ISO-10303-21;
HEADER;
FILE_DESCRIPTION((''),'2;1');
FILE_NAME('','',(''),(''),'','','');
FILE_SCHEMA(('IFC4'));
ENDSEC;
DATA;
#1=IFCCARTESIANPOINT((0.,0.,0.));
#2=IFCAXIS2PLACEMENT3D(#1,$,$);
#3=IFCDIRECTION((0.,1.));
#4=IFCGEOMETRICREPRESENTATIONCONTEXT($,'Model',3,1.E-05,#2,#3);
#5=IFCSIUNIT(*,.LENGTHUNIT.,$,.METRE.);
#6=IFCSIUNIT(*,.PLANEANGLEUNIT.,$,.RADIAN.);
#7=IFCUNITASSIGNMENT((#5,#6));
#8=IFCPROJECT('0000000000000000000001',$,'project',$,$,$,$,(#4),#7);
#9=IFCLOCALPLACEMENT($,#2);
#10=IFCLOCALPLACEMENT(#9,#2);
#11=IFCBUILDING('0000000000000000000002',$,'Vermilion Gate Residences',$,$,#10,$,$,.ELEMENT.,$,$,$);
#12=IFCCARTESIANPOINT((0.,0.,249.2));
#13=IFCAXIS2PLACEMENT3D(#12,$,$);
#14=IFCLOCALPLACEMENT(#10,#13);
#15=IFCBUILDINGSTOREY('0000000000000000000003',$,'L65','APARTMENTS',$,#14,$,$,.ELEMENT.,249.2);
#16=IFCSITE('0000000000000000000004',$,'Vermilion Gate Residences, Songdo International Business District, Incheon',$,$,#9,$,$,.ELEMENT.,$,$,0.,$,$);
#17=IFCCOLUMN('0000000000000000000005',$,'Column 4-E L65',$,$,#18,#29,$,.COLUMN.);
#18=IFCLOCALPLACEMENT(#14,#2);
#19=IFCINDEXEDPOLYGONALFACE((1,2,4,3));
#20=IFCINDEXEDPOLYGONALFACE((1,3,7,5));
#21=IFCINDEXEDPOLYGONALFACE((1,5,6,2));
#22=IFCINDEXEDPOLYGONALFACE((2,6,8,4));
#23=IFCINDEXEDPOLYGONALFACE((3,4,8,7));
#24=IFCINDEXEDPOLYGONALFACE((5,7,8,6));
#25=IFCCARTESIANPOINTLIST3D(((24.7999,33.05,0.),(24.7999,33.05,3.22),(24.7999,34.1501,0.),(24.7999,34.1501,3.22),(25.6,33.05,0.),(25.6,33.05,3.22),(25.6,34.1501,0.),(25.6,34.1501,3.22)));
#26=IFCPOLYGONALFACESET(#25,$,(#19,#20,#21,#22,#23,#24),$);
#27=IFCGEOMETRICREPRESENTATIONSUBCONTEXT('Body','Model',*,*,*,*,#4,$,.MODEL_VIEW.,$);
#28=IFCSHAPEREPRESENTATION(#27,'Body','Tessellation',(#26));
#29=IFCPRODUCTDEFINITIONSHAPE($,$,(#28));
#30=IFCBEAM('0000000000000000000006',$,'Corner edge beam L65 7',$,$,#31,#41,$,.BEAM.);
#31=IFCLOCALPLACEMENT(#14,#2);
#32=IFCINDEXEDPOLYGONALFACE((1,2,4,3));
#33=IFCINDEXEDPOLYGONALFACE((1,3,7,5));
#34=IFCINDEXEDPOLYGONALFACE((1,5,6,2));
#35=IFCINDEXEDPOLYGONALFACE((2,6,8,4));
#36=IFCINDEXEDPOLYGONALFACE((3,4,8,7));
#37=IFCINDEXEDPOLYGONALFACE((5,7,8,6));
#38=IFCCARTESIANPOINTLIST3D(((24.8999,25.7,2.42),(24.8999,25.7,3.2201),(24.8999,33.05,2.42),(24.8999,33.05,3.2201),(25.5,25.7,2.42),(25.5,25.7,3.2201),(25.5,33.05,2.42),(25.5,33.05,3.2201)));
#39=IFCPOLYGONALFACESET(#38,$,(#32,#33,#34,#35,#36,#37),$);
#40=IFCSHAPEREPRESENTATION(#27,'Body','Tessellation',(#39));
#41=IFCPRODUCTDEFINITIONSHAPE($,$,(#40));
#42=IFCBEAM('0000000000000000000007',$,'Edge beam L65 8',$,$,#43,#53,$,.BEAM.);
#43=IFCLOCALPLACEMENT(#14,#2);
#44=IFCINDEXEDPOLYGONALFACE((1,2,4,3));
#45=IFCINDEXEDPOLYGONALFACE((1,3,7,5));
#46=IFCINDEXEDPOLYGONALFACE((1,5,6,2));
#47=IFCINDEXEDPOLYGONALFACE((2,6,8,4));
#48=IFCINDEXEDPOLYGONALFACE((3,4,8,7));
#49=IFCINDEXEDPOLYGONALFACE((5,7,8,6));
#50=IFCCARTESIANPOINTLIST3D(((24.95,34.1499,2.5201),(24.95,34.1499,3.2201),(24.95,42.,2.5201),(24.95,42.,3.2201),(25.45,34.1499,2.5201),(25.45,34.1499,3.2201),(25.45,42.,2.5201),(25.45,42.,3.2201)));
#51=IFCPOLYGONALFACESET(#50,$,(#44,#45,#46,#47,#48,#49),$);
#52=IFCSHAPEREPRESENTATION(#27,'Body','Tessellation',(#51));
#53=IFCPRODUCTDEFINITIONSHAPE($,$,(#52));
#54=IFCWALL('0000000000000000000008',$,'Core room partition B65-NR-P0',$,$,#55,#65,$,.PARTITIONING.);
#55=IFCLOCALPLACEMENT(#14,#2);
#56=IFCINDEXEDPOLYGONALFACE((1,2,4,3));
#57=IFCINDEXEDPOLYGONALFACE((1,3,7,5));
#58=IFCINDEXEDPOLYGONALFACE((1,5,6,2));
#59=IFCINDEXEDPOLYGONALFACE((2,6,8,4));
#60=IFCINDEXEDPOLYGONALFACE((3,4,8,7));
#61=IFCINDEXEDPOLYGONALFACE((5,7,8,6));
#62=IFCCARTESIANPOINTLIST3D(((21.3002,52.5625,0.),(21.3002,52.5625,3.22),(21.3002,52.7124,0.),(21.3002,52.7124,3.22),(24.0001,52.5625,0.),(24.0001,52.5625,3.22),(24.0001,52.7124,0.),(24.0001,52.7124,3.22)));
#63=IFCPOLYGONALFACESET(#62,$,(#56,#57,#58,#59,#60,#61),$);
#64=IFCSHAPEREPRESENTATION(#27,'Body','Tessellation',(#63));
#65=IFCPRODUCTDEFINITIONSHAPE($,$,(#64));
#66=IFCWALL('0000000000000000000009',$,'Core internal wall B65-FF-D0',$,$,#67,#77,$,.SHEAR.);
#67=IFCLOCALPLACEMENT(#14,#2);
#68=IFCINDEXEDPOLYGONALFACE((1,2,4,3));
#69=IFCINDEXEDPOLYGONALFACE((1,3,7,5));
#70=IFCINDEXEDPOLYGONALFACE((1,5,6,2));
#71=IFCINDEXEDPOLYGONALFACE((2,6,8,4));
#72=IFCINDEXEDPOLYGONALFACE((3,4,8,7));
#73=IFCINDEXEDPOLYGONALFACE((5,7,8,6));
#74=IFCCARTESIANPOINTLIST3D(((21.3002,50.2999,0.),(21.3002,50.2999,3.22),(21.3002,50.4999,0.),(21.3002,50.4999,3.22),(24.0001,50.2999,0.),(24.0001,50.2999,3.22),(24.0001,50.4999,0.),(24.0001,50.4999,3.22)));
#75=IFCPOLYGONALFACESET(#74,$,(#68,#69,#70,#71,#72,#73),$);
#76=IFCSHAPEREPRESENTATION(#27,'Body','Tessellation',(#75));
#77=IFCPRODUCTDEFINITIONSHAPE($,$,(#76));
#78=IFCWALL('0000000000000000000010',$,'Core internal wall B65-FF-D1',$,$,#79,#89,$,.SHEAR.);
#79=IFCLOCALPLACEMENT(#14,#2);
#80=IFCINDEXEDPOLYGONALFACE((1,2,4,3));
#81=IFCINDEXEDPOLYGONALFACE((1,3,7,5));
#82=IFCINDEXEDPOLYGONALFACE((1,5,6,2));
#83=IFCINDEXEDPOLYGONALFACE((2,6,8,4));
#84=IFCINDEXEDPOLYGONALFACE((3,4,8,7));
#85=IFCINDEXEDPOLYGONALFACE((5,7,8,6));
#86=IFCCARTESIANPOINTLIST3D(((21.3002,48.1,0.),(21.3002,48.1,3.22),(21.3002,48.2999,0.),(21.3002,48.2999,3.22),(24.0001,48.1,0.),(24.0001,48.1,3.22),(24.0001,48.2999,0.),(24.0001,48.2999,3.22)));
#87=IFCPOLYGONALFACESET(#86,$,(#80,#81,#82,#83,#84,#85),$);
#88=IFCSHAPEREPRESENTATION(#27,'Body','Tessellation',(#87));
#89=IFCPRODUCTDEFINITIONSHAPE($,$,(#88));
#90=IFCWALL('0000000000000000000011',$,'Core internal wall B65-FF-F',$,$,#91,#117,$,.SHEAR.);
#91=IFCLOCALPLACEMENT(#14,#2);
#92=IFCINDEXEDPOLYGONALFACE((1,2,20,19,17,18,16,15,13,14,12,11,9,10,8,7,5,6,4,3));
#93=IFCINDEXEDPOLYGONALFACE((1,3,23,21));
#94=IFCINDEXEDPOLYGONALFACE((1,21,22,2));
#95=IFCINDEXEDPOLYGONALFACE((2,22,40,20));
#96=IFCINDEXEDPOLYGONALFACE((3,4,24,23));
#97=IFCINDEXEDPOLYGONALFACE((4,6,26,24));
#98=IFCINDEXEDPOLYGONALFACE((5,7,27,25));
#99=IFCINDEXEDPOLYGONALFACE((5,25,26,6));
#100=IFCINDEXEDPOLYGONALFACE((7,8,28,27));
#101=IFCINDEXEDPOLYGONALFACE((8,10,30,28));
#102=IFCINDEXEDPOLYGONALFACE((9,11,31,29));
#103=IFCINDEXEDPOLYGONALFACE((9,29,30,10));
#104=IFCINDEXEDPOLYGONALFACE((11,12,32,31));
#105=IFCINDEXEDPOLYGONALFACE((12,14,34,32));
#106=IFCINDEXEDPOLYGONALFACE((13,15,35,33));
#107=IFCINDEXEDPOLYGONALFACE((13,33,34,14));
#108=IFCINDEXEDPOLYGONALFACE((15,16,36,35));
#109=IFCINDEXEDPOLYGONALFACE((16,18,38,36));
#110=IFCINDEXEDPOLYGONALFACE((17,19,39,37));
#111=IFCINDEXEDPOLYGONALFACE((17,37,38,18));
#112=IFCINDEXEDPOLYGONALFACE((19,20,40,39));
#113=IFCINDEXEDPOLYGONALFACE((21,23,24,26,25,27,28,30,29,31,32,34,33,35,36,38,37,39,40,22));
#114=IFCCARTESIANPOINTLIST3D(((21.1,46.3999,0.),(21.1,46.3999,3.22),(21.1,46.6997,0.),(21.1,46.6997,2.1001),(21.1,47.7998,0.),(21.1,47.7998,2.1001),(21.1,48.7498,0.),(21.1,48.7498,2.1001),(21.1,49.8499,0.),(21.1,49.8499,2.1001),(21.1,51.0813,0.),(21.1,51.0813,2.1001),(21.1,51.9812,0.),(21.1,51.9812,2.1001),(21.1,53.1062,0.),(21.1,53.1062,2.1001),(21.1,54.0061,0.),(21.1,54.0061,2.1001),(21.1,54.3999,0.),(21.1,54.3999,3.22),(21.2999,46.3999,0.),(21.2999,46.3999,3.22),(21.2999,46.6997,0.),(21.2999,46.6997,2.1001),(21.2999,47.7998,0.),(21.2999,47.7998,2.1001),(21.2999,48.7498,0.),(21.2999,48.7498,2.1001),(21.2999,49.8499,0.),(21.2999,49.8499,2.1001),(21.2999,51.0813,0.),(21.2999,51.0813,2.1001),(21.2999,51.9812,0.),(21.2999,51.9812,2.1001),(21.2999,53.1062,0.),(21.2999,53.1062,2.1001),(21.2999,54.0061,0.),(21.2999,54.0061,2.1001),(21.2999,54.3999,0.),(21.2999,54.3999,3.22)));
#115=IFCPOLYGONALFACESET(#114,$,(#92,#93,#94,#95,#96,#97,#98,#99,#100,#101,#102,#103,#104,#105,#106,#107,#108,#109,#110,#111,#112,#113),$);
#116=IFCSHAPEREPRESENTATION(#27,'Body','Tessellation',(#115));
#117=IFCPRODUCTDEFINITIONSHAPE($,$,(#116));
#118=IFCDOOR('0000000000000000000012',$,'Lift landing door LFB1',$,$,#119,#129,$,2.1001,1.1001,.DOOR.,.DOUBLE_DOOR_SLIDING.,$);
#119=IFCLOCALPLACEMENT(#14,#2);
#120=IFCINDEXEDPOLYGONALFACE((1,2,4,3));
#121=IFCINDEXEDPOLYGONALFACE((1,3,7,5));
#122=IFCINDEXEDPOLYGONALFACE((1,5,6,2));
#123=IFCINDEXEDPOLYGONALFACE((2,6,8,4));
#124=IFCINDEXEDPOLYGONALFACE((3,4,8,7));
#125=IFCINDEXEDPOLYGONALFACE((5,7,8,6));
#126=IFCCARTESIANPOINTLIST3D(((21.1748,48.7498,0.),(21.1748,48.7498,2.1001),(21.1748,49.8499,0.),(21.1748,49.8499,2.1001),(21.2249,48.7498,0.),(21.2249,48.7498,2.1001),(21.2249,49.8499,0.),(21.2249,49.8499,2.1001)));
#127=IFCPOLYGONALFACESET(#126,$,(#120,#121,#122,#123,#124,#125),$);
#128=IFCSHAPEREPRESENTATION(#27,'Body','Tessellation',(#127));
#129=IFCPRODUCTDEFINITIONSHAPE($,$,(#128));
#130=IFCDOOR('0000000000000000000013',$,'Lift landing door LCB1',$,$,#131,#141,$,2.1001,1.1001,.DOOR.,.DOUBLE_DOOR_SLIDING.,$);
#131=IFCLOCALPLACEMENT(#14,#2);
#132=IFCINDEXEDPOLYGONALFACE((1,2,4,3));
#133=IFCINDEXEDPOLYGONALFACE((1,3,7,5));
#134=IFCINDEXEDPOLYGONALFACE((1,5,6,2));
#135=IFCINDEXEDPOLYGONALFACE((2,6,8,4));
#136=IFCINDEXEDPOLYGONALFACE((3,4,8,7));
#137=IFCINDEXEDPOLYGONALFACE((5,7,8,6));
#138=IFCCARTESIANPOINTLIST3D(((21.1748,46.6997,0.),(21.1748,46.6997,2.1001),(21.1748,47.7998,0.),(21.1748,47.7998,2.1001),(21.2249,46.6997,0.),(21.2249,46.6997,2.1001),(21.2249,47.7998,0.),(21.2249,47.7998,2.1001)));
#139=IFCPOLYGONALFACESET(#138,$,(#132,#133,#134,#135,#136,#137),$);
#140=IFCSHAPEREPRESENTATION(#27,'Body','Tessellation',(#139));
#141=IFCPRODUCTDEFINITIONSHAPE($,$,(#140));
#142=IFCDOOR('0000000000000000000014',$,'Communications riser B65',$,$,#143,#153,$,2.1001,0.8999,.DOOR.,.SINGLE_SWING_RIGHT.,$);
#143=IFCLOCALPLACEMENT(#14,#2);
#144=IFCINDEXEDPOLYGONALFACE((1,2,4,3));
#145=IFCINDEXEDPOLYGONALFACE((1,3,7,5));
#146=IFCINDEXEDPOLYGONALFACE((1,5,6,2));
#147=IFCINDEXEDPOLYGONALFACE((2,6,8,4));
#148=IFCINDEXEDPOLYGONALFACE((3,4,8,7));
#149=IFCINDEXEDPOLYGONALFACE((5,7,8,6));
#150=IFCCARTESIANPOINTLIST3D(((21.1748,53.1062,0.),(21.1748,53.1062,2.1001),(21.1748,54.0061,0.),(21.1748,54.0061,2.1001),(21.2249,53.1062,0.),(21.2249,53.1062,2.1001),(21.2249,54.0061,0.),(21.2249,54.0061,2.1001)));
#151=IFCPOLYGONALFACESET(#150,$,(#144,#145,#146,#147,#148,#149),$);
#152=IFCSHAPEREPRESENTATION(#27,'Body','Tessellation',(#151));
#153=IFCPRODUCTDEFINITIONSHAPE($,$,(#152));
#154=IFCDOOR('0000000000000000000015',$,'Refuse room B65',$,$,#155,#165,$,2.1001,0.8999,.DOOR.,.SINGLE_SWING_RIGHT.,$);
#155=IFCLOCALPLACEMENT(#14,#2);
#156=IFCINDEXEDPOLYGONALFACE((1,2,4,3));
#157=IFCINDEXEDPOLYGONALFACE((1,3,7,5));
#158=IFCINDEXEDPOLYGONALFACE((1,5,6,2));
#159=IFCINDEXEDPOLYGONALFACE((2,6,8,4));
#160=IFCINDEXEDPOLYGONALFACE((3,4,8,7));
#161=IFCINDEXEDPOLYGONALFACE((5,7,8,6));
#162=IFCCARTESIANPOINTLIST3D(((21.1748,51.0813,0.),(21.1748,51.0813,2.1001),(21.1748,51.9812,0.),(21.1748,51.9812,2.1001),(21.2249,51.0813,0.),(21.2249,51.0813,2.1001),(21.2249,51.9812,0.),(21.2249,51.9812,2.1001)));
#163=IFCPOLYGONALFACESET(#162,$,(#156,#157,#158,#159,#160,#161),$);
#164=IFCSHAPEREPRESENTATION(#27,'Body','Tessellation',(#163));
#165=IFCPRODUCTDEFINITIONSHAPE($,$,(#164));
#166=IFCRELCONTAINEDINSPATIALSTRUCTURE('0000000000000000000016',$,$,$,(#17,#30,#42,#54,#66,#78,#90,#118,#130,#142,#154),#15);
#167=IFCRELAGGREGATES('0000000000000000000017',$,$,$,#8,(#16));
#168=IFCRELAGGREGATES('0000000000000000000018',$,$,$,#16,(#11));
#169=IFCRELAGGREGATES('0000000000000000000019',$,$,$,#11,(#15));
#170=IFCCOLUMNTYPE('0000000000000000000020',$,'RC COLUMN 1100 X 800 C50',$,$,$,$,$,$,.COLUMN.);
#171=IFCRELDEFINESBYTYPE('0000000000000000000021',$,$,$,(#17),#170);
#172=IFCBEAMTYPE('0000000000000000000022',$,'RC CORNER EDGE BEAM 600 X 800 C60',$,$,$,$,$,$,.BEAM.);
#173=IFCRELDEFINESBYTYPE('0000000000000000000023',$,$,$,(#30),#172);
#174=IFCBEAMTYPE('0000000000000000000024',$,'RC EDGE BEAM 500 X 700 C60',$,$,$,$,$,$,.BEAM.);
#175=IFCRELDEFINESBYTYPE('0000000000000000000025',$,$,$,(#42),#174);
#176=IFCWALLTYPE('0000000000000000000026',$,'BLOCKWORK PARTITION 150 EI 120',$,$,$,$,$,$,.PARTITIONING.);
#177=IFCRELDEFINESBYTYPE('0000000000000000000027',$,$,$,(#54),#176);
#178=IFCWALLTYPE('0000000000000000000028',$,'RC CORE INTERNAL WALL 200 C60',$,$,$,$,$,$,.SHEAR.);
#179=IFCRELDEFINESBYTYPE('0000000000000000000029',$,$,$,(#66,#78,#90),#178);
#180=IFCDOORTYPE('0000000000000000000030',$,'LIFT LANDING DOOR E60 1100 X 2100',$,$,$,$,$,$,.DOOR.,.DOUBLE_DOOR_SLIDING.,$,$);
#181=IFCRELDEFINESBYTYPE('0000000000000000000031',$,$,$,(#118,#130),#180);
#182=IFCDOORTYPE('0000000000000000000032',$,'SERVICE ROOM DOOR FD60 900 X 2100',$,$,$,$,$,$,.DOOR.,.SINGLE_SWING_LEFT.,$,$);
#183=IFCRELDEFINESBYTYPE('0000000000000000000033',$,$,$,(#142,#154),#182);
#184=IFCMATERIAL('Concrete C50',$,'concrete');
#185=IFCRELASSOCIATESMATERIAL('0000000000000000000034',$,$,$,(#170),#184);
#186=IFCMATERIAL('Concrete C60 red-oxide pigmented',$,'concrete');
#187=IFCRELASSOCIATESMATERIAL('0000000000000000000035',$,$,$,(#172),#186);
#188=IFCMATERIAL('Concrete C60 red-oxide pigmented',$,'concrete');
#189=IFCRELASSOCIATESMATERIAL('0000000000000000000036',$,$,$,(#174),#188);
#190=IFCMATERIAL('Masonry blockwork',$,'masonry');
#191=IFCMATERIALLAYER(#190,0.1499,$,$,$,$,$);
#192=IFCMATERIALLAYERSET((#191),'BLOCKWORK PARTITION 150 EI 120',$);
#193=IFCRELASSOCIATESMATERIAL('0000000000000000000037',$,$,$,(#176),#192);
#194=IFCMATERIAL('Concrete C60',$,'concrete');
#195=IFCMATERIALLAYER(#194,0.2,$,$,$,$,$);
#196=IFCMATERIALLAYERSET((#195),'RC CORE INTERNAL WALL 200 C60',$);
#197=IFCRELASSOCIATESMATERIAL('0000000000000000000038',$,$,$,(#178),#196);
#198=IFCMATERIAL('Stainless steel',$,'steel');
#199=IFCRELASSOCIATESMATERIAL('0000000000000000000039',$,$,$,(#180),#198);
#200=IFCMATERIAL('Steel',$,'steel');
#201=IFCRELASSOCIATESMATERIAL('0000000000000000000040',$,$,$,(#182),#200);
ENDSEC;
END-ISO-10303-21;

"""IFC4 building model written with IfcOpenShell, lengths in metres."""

from ifc_helpers import new_model, si_unit, direction, frame, frame_2d, origin, origin_2d, place, context, subcontext, project, spatial, rectangle, extrude, material, layer, layer_set, material_profile, profile_set, type_object, element, fill, save


model = new_model("IFC4")

# Units and contexts
model_context = context("Model", 3, precision=1e-05, world=origin(), true_north=direction((0.0, 1.0)))
body_context = subcontext(model_context, "Body", "Model", "MODEL_VIEW")
ifc_project = project(units=[si_unit("LENGTHUNIT", "METRE"), si_unit("PLANEANGLEUNIT", "RADIAN")], contexts=[model_context])

# Site, building, storey
site_placement = place(None, origin())
site = spatial("IfcSite", under=ifc_project, at=site_placement, Name="Vermilion Gate Residences, Songdo International Business District, Incheon", CompositionType="ELEMENT", RefElevation=0.0)
building_placement = place(site_placement, origin())
building = spatial("IfcBuilding", under=site, at=building_placement, Name="Vermilion Gate Residences", CompositionType="ELEMENT")
storey_placement = place(building_placement, frame((0.0, 0.0, 249.2)))
storey = spatial("IfcBuildingStorey", under=building, at=storey_placement, Name="L65", Description="APARTMENTS", CompositionType="ELEMENT", Elevation=249.2)

# Column
ifc_material_1 = material(Name="Concrete C50", Category="concrete")
ifc_material_profile_1 = material_profile(ifc_material_1, rectangle(XDim=1.1001, YDim=0.8, at=origin_2d()), Name="RC-1100x800")
ifc_profile_set_1 = profile_set([ifc_material_profile_1], Name="Concrete C50")
column_type = type_object("IfcColumnType", Name="RC COLUMN 1100 X 800 C50", PredefinedType="COLUMN", material=ifc_profile_set_1)
column_placement = place(storey_placement, frame((25.2, 33.6001, 0.0), z_axis=(0.0, 0.0, 1.0), x_axis=(0.0, 1.0, 0.0)))
element("IfcColumn", 1, at=column_placement, inside=storey, type_object=column_type, Name="Column 4-E L65", PredefinedType="COLUMN", context=body_context, shape_type="SweptSolid", body=[
    extrude(rectangle(XDim=1.1001, YDim=0.8, at=origin_2d()), origin(), (0.0, 0.0, 1.0), 3.22),
])

# Beams
ifc_material_2 = material(Name="Concrete C60 red-oxide pigmented", Category="concrete")
ifc_material_profile_2 = material_profile(ifc_material_2, rectangle(XDim=0.6001, YDim=0.8, at=origin_2d()), Name="RC-600x800")
ifc_profile_set_2 = profile_set([ifc_material_profile_2], Name="Concrete C60 red-oxide pigmented")
beam_type_1 = type_object("IfcBeamType", Name="RC CORNER EDGE BEAM 600 X 800 C60", PredefinedType="BEAM", material=ifc_profile_set_2)
beam_1_placement = place(storey_placement, frame((25.2, 25.7, 2.8201), z_axis=(0.0, 1.0, 0.0), x_axis=(-1.0, 0.0, 0.0)))
element("IfcBeam", 2, at=beam_1_placement, inside=storey, type_object=beam_type_1, Name="Corner edge beam L65 7", PredefinedType="BEAM", context=body_context, shape_type="SweptSolid", body=[
    extrude(rectangle(XDim=0.6001, YDim=0.8, at=origin_2d()), origin(), (0.0, 0.0, 1.0), 7.3501),
])
ifc_material_3 = material(Name="Concrete C60 red-oxide pigmented", Category="concrete")
ifc_material_profile_3 = material_profile(ifc_material_3, rectangle(XDim=0.5, YDim=0.7, at=origin_2d()), Name="RC-500x700")
ifc_profile_set_3 = profile_set([ifc_material_profile_3], Name="Concrete C60 red-oxide pigmented")
beam_type_2 = type_object("IfcBeamType", Name="RC EDGE BEAM 500 X 700 C60", PredefinedType="BEAM", material=ifc_profile_set_3)
beam_2_placement = place(storey_placement, frame((25.2, 34.1499, 2.8701), z_axis=(0.0, 1.0, 0.0), x_axis=(-1.0, 0.0, 0.0)))
element("IfcBeam", 3, at=beam_2_placement, inside=storey, type_object=beam_type_2, Name="Edge beam L65 8", PredefinedType="BEAM", context=body_context, shape_type="SweptSolid", body=[
    extrude(rectangle(XDim=0.5, YDim=0.7, at=origin_2d()), origin(), (0.0, 0.0, 1.0), 7.8501),
])

# Walls
ifc_material_4 = material(Name="Masonry blockwork", Category="masonry")
ifc_layer_1 = layer(ifc_material_4, 0.1499)
ifc_layer_set_1 = layer_set([ifc_layer_1], Name="BLOCKWORK PARTITION 150 EI 120")
wall_type_1 = type_object("IfcWallType", Name="BLOCKWORK PARTITION 150 EI 120", PredefinedType="PARTITIONING", material=ifc_layer_set_1)
wall_1_placement = place(storey_placement, frame((21.3, 52.6375, 0.0), z_axis=(0.0, 0.0, 1.0), x_axis=(1.0, 0.0, 0.0)))
element("IfcWall", 4, at=wall_1_placement, inside=storey, type_object=wall_type_1, Name="Core room partition B65-NR-P0", PredefinedType="PARTITIONING", context=body_context, shape_type="SweptSolid", body=[
    extrude(rectangle(XDim=2.7, YDim=0.1499, at=frame_2d((1.3501, 0.0))), origin(), (0.0, 0.0, 1.0), 3.22),
])
ifc_material_5 = material(Name="Concrete C60", Category="concrete")
ifc_layer_2 = layer(ifc_material_5, 0.2)
ifc_layer_set_2 = layer_set([ifc_layer_2], Name="RC CORE INTERNAL WALL 200 C60")
wall_type_2 = type_object("IfcWallType", Name="RC CORE INTERNAL WALL 200 C60", PredefinedType="SHEAR", material=ifc_layer_set_2)
for number, where, z_axis, x_axis, name in (
    (5, (21.3, 50.3999, 0.0), (0.0, 0.0, 1.0), (1.0, 0.0, 0.0), "Core internal wall B65-FF-D0"),
    (6, (21.3, 48.2, 0.0), (0.0, 0.0, 1.0), (1.0, 0.0, 0.0), "Core internal wall B65-FF-D1"),
):
    element("IfcWall", number, at=place(storey_placement, frame(where, z_axis=z_axis, x_axis=x_axis)), inside=storey, type_object=wall_type_2, Name=name, PredefinedType="SHEAR", context=body_context, shape_type="SweptSolid", body=[
        extrude(rectangle(XDim=2.7, YDim=0.2, at=frame_2d((1.3501, 0.0))), origin(), (0.0, 0.0, 1.0), 3.22),
    ])

# Wall, openings, doors
wall_2_placement = place(storey_placement, frame((21.2, 54.3999, 0.0), z_axis=(0.0, 0.0, 1.0), x_axis=(0.0, -1.0, 0.0)))
wall_2 = element("IfcWall", 7, at=wall_2_placement, inside=storey, type_object=wall_type_2, Name="Core internal wall B65-FF-F", PredefinedType="SHEAR", context=body_context, shape_type="SweptSolid", body=[
    extrude(rectangle(XDim=8.0, YDim=0.2, at=frame_2d((4.0, 0.0))), origin(), (0.0, 0.0, 1.0), 3.22),
])
opening_1_placement = place(wall_2_placement, frame((0.3938, 0.0, 0.0)))
opening_1 = element("IfcOpeningElement", 8, at=opening_1_placement, cuts=wall_2, PredefinedType="OPENING", context=body_context, shape_type="SweptSolid", body=[
    extrude(rectangle(XDim=0.8999, YDim=2.1001, at=frame_2d((0.45, 1.05))), frame((0.0, 0.1099, 0.0), z_axis=(0.0, -1.0, 0.0), x_axis=(1.0, 0.0, 0.0)), (0.0, 0.0, 1.0), 0.22),
])
opening_2_placement = place(wall_2_placement, frame((2.4187, 0.0, 0.0)))
opening_2 = element("IfcOpeningElement", 9, at=opening_2_placement, cuts=wall_2, PredefinedType="OPENING", context=body_context, shape_type="SweptSolid", body=[
    extrude(rectangle(XDim=0.8999, YDim=2.1001, at=frame_2d((0.45, 1.05))), frame((0.0, 0.1099, 0.0), z_axis=(0.0, -1.0, 0.0), x_axis=(1.0, 0.0, 0.0)), (0.0, 0.0, 1.0), 0.22),
])
opening_3_placement = place(wall_2_placement, frame((4.55, 0.0, 0.0)))
opening_3 = element("IfcOpeningElement", 10, at=opening_3_placement, cuts=wall_2, PredefinedType="OPENING", context=body_context, shape_type="SweptSolid", body=[
    extrude(rectangle(XDim=1.1001, YDim=2.1001, at=frame_2d((0.55, 1.05))), frame((0.0, 0.1099, 0.0), z_axis=(0.0, -1.0, 0.0), x_axis=(1.0, 0.0, 0.0)), (0.0, 0.0, 1.0), 0.22),
])
opening_4_placement = place(wall_2_placement, frame((6.6001, 0.0, 0.0)))
opening_4 = element("IfcOpeningElement", 11, at=opening_4_placement, cuts=wall_2, PredefinedType="OPENING", context=body_context, shape_type="SweptSolid", body=[
    extrude(rectangle(XDim=1.1001, YDim=2.1001, at=frame_2d((0.55, 1.05))), frame((0.0, 0.1099, 0.0), z_axis=(0.0, -1.0, 0.0), x_axis=(1.0, 0.0, 0.0)), (0.0, 0.0, 1.0), 0.22),
])
ifc_material_6 = material(Name="Stainless steel", Category="steel")
door_type_1 = type_object("IfcDoorType", Name="LIFT LANDING DOOR E60 1100 X 2100", OperationType="DOUBLE_DOOR_SLIDING", PredefinedType="DOOR", material=ifc_material_6)
door_1_placement = place(opening_3_placement, origin())
door_1 = element("IfcDoor", 12, at=door_1_placement, inside=storey, type_object=door_type_1, Name="Lift landing door LFB1", OperationType="DOUBLE_DOOR_SLIDING", OverallHeight=2.1001, OverallWidth=1.1001, PredefinedType="DOOR", context=body_context, shape_type="SweptSolid", body=[
    extrude(rectangle(XDim=1.1001, YDim=2.1001, at=frame_2d((0.55, 1.05))), frame((0.0, 0.0249, 0.0), z_axis=(0.0, -1.0, 0.0), x_axis=(1.0, 0.0, 0.0)), (0.0, 0.0, 1.0), 0.05),
])
fill(opening_3, door_1)
door_2_placement = place(opening_4_placement, origin())
door_2 = element("IfcDoor", 13, at=door_2_placement, inside=storey, type_object=door_type_1, Name="Lift landing door LCB1", OperationType="DOUBLE_DOOR_SLIDING", OverallHeight=2.1001, OverallWidth=1.1001, PredefinedType="DOOR", context=body_context, shape_type="SweptSolid", body=[
    extrude(rectangle(XDim=1.1001, YDim=2.1001, at=frame_2d((0.55, 1.05))), frame((0.0, 0.0249, 0.0), z_axis=(0.0, -1.0, 0.0), x_axis=(1.0, 0.0, 0.0)), (0.0, 0.0, 1.0), 0.05),
])
fill(opening_4, door_2)
ifc_material_7 = material(Name="Steel", Category="steel")
door_type_2 = type_object("IfcDoorType", Name="SERVICE ROOM DOOR FD60 900 X 2100", OperationType="SINGLE_SWING_LEFT", PredefinedType="DOOR", material=ifc_material_7)
door_3_placement = place(opening_1_placement, origin())
door_3 = element("IfcDoor", 14, at=door_3_placement, inside=storey, type_object=door_type_2, Name="Communications riser B65", OperationType="SINGLE_SWING_RIGHT", OverallHeight=2.1001, OverallWidth=0.8999, PredefinedType="DOOR", context=body_context, shape_type="SweptSolid", body=[
    extrude(rectangle(XDim=0.8999, YDim=2.1001, at=frame_2d((0.45, 1.05))), frame((0.0, 0.0249, 0.0), z_axis=(0.0, -1.0, 0.0), x_axis=(1.0, 0.0, 0.0)), (0.0, 0.0, 1.0), 0.05),
])
fill(opening_1, door_3)
door_4_placement = place(opening_2_placement, origin())
door_4 = element("IfcDoor", 15, at=door_4_placement, inside=storey, type_object=door_type_2, Name="Refuse room B65", OperationType="SINGLE_SWING_RIGHT", OverallHeight=2.1001, OverallWidth=0.8999, PredefinedType="DOOR", context=body_context, shape_type="SweptSolid", body=[
    extrude(rectangle(XDim=0.8999, YDim=2.1001, at=frame_2d((0.45, 1.05))), frame((0.0, 0.0249, 0.0), z_axis=(0.0, -1.0, 0.0), x_axis=(1.0, 0.0, 0.0)), (0.0, 0.0, 1.0), 0.05),
])
fill(opening_2, door_4)

save(model, "model.ifc")
